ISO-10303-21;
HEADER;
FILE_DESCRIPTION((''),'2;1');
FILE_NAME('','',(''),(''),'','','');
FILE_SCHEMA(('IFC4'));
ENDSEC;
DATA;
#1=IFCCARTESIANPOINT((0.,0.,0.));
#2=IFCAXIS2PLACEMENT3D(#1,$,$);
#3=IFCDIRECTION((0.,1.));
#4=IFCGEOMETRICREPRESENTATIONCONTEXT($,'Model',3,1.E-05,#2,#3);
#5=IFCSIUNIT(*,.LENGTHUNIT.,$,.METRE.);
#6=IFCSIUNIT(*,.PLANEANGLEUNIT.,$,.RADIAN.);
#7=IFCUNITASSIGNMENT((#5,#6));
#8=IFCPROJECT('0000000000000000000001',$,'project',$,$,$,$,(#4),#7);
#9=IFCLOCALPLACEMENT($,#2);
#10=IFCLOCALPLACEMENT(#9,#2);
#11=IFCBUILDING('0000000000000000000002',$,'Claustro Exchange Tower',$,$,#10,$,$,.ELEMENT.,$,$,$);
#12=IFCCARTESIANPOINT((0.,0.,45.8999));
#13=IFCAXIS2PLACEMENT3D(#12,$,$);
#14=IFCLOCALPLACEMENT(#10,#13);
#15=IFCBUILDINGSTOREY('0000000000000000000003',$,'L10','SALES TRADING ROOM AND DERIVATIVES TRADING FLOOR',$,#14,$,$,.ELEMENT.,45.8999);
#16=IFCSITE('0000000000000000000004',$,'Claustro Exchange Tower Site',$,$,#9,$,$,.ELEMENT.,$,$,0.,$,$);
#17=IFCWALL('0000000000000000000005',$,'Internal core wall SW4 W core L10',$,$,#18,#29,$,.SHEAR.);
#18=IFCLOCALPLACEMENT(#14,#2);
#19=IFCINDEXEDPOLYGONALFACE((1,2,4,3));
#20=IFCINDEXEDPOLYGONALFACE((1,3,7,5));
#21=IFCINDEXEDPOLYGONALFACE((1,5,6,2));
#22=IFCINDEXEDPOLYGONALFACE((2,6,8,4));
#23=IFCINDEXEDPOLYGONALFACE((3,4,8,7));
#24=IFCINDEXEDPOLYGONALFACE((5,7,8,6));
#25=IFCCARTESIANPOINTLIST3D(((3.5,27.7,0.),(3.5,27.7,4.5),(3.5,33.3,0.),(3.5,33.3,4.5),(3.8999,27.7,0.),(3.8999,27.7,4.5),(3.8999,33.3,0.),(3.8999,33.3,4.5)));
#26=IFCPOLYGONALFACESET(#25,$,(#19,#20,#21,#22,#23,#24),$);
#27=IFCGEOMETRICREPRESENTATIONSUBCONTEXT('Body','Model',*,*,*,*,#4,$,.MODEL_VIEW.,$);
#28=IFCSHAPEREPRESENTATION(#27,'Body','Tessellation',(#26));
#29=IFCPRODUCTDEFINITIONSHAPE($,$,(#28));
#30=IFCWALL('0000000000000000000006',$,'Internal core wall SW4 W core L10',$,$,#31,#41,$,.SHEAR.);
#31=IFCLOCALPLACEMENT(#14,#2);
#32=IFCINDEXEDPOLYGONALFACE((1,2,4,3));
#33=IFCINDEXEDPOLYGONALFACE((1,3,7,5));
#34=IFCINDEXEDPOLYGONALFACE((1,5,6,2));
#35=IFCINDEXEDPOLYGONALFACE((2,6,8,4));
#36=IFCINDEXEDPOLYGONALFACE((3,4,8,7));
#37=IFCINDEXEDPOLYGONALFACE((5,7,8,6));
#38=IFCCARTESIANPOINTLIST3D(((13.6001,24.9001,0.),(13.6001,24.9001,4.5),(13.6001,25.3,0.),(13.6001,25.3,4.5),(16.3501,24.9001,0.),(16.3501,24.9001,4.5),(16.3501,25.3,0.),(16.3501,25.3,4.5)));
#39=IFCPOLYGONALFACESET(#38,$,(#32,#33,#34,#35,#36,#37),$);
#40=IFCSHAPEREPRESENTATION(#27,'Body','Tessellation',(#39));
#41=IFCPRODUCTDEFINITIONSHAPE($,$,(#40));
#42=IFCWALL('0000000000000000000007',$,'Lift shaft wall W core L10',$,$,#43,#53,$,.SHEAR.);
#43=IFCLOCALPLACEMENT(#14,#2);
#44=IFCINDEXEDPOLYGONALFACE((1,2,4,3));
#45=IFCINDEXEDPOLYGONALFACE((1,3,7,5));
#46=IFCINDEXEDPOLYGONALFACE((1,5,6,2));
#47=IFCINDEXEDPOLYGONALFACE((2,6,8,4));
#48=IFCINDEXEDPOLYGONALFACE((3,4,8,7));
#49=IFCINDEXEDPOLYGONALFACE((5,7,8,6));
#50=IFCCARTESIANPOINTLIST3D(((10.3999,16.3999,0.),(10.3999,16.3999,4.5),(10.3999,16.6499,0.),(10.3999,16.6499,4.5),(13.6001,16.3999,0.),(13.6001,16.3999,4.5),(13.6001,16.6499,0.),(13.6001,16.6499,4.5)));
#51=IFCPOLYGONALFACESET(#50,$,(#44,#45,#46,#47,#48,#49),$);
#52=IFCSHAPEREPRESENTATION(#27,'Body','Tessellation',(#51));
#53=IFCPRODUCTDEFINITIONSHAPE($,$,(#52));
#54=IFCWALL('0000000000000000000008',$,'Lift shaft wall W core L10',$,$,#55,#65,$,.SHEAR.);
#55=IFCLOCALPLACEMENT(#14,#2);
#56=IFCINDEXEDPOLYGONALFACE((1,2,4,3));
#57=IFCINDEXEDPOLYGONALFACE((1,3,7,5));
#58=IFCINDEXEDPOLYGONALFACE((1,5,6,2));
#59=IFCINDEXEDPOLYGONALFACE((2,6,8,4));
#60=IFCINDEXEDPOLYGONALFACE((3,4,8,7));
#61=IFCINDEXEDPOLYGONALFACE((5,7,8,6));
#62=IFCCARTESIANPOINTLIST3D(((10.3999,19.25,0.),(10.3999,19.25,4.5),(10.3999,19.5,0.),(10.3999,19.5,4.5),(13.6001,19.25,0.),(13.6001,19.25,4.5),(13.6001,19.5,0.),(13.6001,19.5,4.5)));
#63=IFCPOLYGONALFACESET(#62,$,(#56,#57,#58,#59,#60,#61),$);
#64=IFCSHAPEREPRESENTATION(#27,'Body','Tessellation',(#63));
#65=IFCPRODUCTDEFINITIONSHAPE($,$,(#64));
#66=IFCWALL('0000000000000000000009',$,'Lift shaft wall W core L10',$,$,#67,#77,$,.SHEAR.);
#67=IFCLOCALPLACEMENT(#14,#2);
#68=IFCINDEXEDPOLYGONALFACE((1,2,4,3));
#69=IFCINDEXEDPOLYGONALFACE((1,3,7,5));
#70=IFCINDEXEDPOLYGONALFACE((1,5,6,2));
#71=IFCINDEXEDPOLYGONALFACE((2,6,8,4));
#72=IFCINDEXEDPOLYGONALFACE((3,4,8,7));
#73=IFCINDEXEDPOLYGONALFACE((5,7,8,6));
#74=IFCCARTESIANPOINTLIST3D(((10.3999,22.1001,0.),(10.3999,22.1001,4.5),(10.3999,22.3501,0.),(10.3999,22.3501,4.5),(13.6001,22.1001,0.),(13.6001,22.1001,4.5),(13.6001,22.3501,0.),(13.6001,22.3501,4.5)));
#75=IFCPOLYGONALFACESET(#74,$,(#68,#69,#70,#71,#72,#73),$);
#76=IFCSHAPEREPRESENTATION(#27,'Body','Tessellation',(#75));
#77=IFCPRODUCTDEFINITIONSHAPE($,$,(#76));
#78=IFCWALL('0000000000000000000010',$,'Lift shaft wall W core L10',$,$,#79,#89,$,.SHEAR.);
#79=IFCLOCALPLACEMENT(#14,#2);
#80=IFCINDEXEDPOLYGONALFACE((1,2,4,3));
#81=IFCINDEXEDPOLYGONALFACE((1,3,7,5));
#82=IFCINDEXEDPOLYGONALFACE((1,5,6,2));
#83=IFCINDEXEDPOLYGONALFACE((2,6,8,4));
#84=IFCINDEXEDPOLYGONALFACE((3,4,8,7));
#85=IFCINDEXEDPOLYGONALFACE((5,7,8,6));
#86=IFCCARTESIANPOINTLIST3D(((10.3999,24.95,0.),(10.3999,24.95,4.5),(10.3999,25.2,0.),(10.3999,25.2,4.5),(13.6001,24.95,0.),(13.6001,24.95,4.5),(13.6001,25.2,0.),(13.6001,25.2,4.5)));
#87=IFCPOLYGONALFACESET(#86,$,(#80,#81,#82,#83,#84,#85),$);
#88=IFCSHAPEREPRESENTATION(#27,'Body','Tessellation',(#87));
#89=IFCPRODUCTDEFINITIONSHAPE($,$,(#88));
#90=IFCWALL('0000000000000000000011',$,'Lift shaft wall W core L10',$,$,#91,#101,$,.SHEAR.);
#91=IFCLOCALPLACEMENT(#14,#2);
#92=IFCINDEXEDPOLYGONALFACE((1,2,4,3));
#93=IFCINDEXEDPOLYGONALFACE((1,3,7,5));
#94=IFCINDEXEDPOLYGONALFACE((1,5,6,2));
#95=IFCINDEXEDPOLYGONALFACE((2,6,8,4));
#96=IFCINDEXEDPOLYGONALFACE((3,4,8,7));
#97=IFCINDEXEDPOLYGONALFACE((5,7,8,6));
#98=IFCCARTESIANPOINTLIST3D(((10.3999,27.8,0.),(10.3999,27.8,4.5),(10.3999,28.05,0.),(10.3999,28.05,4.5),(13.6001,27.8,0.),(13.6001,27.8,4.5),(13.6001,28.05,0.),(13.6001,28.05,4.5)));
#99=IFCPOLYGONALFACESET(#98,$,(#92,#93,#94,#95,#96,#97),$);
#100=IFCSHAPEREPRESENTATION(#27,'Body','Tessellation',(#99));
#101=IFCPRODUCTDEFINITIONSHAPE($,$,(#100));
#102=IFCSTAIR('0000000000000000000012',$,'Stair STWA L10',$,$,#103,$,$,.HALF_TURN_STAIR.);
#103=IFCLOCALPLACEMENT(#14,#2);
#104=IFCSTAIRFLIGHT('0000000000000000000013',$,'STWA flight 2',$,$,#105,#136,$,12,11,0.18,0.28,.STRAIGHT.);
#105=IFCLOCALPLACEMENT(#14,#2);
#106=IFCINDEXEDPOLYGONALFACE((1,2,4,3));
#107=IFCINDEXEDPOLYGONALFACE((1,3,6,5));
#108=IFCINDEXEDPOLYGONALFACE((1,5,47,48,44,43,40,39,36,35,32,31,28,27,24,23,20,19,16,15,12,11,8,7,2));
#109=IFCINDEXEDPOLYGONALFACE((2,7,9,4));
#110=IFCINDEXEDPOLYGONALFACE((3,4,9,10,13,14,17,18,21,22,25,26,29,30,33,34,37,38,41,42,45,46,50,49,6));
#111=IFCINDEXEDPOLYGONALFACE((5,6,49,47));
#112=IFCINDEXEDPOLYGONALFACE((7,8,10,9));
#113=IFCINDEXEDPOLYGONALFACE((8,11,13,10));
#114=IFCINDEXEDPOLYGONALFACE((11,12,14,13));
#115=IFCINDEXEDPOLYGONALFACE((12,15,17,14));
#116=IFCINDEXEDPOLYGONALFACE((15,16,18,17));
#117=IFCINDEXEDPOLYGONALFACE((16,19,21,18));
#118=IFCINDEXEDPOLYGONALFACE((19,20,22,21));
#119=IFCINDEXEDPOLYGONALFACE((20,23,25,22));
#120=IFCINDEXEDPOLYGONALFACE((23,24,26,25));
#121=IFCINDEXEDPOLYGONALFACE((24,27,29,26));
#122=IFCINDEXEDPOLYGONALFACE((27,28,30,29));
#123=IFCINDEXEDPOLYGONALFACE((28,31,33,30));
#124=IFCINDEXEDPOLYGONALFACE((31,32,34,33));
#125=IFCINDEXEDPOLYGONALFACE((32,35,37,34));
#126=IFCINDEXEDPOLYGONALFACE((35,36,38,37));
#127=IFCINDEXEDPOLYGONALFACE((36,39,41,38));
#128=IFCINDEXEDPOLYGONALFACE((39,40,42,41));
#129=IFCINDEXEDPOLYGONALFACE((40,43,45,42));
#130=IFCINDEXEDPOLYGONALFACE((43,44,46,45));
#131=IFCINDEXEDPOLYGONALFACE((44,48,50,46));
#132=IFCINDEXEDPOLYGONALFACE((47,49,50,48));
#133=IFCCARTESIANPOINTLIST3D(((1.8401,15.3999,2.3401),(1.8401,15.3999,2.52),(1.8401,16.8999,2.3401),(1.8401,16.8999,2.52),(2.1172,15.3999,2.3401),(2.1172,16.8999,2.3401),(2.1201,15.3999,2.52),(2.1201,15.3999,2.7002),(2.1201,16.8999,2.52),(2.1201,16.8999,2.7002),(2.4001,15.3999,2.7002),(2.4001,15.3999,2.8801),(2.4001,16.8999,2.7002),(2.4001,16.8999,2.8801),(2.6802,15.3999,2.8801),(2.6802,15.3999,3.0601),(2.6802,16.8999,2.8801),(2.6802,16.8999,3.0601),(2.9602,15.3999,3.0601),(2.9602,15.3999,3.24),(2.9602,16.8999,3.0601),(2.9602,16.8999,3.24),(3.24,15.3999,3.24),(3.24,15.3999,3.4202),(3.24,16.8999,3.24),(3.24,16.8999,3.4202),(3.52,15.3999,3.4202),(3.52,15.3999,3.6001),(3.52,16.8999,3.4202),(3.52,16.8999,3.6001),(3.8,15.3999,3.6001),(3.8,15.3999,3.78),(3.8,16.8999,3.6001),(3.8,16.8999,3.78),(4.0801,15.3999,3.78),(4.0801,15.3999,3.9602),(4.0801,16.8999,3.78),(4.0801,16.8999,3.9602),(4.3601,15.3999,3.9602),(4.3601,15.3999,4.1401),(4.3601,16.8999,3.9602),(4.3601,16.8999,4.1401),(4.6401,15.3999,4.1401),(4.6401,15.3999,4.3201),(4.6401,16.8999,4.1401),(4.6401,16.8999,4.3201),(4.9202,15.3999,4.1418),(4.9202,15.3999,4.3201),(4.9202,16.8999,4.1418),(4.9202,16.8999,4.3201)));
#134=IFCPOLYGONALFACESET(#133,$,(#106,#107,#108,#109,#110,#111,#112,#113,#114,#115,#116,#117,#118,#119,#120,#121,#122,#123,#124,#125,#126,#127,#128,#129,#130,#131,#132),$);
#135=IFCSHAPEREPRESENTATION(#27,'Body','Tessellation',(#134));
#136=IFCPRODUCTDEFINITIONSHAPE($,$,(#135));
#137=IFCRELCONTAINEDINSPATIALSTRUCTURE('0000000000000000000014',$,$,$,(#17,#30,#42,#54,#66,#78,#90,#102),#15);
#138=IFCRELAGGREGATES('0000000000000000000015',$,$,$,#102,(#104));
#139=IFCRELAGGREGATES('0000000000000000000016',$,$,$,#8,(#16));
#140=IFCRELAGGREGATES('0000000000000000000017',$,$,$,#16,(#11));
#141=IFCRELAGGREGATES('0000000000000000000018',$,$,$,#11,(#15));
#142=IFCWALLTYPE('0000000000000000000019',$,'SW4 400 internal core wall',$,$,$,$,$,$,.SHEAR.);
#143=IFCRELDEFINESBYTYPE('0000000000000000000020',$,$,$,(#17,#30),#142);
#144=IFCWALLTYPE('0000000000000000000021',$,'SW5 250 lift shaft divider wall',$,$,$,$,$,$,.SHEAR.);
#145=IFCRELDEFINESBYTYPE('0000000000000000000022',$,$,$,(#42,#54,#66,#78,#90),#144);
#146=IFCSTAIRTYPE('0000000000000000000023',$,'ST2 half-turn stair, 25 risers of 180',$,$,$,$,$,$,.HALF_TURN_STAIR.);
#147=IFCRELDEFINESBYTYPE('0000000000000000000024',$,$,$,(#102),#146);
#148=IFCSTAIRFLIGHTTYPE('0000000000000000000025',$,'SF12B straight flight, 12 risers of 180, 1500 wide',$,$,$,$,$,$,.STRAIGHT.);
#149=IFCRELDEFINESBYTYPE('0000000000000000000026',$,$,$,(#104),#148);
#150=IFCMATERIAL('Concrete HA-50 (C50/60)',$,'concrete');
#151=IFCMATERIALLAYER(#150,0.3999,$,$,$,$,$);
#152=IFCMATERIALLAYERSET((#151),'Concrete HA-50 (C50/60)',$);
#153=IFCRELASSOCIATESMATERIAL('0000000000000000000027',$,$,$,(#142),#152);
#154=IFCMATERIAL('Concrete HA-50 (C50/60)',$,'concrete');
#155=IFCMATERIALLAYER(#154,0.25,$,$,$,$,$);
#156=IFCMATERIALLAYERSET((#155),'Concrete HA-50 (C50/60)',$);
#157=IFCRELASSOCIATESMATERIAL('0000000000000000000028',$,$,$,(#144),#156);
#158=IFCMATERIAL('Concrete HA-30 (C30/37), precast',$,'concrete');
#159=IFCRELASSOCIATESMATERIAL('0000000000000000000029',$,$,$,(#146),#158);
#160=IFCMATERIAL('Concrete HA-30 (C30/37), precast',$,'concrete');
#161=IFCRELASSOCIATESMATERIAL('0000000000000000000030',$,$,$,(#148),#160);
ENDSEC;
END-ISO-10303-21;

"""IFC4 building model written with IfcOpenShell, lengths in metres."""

from ifc_helpers import new_model, si_unit, direction, frame, frame_2d, origin, place, context, subcontext, project, spatial, polyline, rectangle, outline, extrude, material, layer, layer_set, type_object, element, aggregate, save


model = new_model("IFC4")

# Units and contexts
model_context = context("Model", 3, precision=1e-05, world=origin(), true_north=direction((0.0, 1.0)))
body_context = subcontext(model_context, "Body", "Model", "MODEL_VIEW")
ifc_project = project(units=[si_unit("LENGTHUNIT", "METRE"), si_unit("PLANEANGLEUNIT", "RADIAN")], contexts=[model_context])

# Site, building, storey
site_placement = place(None, origin())
site = spatial("IfcSite", under=ifc_project, at=site_placement, Name="Claustro Exchange Tower Site", CompositionType="ELEMENT", RefElevation=0.0)
building_placement = place(site_placement, origin())
building = spatial("IfcBuilding", under=site, at=building_placement, Name="Claustro Exchange Tower", CompositionType="ELEMENT")
storey_placement = place(building_placement, frame((0.0, 0.0, 45.8999)))
storey = spatial("IfcBuildingStorey", under=building, at=storey_placement, Name="L10", Description="SALES TRADING ROOM AND DERIVATIVES TRADING FLOOR", CompositionType="ELEMENT", Elevation=45.8999)

# Walls
ifc_material_1 = material(Name="Concrete HA-50 (C50/60)", Category="concrete")
ifc_layer_1 = layer(ifc_material_1, 0.3999)
ifc_layer_set_1 = layer_set([ifc_layer_1], Name="Concrete HA-50 (C50/60)")
wall_type_1 = type_object("IfcWallType", Name="SW4 400 internal core wall", PredefinedType="SHEAR", material=ifc_layer_set_1)
wall_1_placement = place(storey_placement, frame((3.7, 27.7, 0.0), z_axis=(0.0, 0.0, 1.0), x_axis=(0.0, 1.0, 0.0)))
element("IfcWall", 1, at=wall_1_placement, inside=storey, type_object=wall_type_1, Name="Internal core wall SW4 W core L10", PredefinedType="SHEAR", context=body_context, shape_type="SweptSolid", body=[
    extrude(rectangle(XDim=5.6001, YDim=0.3999, at=frame_2d((2.8, 0.0))), origin(), (0.0, 0.0, 1.0), 4.5),
])
wall_2_placement = place(storey_placement, frame((13.6001, 25.1001, 0.0), z_axis=(0.0, 0.0, 1.0), x_axis=(1.0, 0.0, 0.0)))
element("IfcWall", 2, at=wall_2_placement, inside=storey, type_object=wall_type_1, Name="Internal core wall SW4 W core L10", PredefinedType="SHEAR", context=body_context, shape_type="SweptSolid", body=[
    extrude(rectangle(XDim=2.75, YDim=0.3999, at=frame_2d((1.375, 0.0))), origin(), (0.0, 0.0, 1.0), 4.5),
])
ifc_material_2 = material(Name="Concrete HA-50 (C50/60)", Category="concrete")
ifc_layer_2 = layer(ifc_material_2, 0.25)
ifc_layer_set_2 = layer_set([ifc_layer_2], Name="Concrete HA-50 (C50/60)")
wall_type_2 = type_object("IfcWallType", Name="SW5 250 lift shaft divider wall", PredefinedType="SHEAR", material=ifc_layer_set_2)
for number, where, z_axis, x_axis, name in (
    (3, (10.3999, 16.5249, 0.0), (0.0, 0.0, 1.0), (1.0, 0.0, 0.0), "Lift shaft wall W core L10"),
    (4, (10.3999, 19.375, 0.0), (0.0, 0.0, 1.0), (1.0, 0.0, 0.0), "Lift shaft wall W core L10"),
    (5, (10.3999, 22.2251, 0.0), (0.0, 0.0, 1.0), (1.0, 0.0, 0.0), "Lift shaft wall W core L10"),
    (6, (10.3999, 25.075, 0.0), (0.0, 0.0, 1.0), (1.0, 0.0, 0.0), "Lift shaft wall W core L10"),
    (7, (10.3999, 27.925, 0.0), (0.0, 0.0, 1.0), (1.0, 0.0, 0.0), "Lift shaft wall W core L10"),
):
    element("IfcWall", number, at=place(storey_placement, frame(where, z_axis=z_axis, x_axis=x_axis)), inside=storey, type_object=wall_type_2, Name=name, PredefinedType="SHEAR", context=body_context, shape_type="SweptSolid", body=[
        extrude(rectangle(XDim=3.2002, YDim=0.25, at=frame_2d((1.6001, 0.0))), origin(), (0.0, 0.0, 1.0), 4.5),
    ])

# Stair, stair flight
ifc_material_3 = material(Name="Concrete HA-30 (C30/37), precast", Category="concrete")
stair_type = type_object("IfcStairType", Name="ST2 half-turn stair, 25 risers of 180", PredefinedType="HALF_TURN_STAIR", material=ifc_material_3)
stair_placement = place(storey_placement, origin())
stair = element("IfcStair", 8, at=stair_placement, inside=storey, type_object=stair_type, Name="Stair STWA L10", PredefinedType="HALF_TURN_STAIR")
ifc_material_4 = material(Name="Concrete HA-30 (C30/37), precast", Category="concrete")
stair_flight_type = type_object("IfcStairFlightType", Name="SF12B straight flight, 12 risers of 180, 1500 wide", PredefinedType="STRAIGHT", material=ifc_material_4)
stair_flight_placement = place(storey_placement, frame((1.8401, 16.1499, 2.3401), z_axis=(0.0, 0.0, 1.0), x_axis=(1.0, 0.0, 0.0)))
stair_flight = element("IfcStairFlight", 9, at=stair_flight_placement, type_object=stair_flight_type, Name="STWA flight 2", NumberOfRisers=12, NumberOfTreads=11, PredefinedType="STRAIGHT", RiserHeight=0.18, TreadLength=0.28, context=body_context, shape_type="SweptSolid", body=[
    extrude(outline(polyline([(0.0, 0.0), (0.0, 0.1799), (0.28, 0.1799), (0.28, 0.3601), (0.5601, 0.3601), (0.5601, 0.54), (0.8401, 0.54), (0.8401, 0.72), (1.1201, 0.72), (1.1201, 0.8999), (1.3999, 0.8999), (1.3999, 1.0801), (1.6799, 1.0801), (1.6799, 1.26), (1.96, 1.26), (1.96, 1.4399), (2.24, 1.4399), (2.24, 1.6201), (2.52, 1.6201), (2.52, 1.8), (2.8, 1.8), (2.8, 1.98), (3.0801, 1.98), (3.0801, 2.1599), (3.0801, 1.8018), (0.2771, 0.0), (0.0, 0.0)])), frame((0.0, 0.75, 0.0), z_axis=(0.0, -1.0, 0.0), x_axis=(1.0, 0.0, 0.0)), (0.0, 0.0, 1.0), 1.5),
])
aggregate(stair, [stair_flight])

save(model, "model.ifc")
